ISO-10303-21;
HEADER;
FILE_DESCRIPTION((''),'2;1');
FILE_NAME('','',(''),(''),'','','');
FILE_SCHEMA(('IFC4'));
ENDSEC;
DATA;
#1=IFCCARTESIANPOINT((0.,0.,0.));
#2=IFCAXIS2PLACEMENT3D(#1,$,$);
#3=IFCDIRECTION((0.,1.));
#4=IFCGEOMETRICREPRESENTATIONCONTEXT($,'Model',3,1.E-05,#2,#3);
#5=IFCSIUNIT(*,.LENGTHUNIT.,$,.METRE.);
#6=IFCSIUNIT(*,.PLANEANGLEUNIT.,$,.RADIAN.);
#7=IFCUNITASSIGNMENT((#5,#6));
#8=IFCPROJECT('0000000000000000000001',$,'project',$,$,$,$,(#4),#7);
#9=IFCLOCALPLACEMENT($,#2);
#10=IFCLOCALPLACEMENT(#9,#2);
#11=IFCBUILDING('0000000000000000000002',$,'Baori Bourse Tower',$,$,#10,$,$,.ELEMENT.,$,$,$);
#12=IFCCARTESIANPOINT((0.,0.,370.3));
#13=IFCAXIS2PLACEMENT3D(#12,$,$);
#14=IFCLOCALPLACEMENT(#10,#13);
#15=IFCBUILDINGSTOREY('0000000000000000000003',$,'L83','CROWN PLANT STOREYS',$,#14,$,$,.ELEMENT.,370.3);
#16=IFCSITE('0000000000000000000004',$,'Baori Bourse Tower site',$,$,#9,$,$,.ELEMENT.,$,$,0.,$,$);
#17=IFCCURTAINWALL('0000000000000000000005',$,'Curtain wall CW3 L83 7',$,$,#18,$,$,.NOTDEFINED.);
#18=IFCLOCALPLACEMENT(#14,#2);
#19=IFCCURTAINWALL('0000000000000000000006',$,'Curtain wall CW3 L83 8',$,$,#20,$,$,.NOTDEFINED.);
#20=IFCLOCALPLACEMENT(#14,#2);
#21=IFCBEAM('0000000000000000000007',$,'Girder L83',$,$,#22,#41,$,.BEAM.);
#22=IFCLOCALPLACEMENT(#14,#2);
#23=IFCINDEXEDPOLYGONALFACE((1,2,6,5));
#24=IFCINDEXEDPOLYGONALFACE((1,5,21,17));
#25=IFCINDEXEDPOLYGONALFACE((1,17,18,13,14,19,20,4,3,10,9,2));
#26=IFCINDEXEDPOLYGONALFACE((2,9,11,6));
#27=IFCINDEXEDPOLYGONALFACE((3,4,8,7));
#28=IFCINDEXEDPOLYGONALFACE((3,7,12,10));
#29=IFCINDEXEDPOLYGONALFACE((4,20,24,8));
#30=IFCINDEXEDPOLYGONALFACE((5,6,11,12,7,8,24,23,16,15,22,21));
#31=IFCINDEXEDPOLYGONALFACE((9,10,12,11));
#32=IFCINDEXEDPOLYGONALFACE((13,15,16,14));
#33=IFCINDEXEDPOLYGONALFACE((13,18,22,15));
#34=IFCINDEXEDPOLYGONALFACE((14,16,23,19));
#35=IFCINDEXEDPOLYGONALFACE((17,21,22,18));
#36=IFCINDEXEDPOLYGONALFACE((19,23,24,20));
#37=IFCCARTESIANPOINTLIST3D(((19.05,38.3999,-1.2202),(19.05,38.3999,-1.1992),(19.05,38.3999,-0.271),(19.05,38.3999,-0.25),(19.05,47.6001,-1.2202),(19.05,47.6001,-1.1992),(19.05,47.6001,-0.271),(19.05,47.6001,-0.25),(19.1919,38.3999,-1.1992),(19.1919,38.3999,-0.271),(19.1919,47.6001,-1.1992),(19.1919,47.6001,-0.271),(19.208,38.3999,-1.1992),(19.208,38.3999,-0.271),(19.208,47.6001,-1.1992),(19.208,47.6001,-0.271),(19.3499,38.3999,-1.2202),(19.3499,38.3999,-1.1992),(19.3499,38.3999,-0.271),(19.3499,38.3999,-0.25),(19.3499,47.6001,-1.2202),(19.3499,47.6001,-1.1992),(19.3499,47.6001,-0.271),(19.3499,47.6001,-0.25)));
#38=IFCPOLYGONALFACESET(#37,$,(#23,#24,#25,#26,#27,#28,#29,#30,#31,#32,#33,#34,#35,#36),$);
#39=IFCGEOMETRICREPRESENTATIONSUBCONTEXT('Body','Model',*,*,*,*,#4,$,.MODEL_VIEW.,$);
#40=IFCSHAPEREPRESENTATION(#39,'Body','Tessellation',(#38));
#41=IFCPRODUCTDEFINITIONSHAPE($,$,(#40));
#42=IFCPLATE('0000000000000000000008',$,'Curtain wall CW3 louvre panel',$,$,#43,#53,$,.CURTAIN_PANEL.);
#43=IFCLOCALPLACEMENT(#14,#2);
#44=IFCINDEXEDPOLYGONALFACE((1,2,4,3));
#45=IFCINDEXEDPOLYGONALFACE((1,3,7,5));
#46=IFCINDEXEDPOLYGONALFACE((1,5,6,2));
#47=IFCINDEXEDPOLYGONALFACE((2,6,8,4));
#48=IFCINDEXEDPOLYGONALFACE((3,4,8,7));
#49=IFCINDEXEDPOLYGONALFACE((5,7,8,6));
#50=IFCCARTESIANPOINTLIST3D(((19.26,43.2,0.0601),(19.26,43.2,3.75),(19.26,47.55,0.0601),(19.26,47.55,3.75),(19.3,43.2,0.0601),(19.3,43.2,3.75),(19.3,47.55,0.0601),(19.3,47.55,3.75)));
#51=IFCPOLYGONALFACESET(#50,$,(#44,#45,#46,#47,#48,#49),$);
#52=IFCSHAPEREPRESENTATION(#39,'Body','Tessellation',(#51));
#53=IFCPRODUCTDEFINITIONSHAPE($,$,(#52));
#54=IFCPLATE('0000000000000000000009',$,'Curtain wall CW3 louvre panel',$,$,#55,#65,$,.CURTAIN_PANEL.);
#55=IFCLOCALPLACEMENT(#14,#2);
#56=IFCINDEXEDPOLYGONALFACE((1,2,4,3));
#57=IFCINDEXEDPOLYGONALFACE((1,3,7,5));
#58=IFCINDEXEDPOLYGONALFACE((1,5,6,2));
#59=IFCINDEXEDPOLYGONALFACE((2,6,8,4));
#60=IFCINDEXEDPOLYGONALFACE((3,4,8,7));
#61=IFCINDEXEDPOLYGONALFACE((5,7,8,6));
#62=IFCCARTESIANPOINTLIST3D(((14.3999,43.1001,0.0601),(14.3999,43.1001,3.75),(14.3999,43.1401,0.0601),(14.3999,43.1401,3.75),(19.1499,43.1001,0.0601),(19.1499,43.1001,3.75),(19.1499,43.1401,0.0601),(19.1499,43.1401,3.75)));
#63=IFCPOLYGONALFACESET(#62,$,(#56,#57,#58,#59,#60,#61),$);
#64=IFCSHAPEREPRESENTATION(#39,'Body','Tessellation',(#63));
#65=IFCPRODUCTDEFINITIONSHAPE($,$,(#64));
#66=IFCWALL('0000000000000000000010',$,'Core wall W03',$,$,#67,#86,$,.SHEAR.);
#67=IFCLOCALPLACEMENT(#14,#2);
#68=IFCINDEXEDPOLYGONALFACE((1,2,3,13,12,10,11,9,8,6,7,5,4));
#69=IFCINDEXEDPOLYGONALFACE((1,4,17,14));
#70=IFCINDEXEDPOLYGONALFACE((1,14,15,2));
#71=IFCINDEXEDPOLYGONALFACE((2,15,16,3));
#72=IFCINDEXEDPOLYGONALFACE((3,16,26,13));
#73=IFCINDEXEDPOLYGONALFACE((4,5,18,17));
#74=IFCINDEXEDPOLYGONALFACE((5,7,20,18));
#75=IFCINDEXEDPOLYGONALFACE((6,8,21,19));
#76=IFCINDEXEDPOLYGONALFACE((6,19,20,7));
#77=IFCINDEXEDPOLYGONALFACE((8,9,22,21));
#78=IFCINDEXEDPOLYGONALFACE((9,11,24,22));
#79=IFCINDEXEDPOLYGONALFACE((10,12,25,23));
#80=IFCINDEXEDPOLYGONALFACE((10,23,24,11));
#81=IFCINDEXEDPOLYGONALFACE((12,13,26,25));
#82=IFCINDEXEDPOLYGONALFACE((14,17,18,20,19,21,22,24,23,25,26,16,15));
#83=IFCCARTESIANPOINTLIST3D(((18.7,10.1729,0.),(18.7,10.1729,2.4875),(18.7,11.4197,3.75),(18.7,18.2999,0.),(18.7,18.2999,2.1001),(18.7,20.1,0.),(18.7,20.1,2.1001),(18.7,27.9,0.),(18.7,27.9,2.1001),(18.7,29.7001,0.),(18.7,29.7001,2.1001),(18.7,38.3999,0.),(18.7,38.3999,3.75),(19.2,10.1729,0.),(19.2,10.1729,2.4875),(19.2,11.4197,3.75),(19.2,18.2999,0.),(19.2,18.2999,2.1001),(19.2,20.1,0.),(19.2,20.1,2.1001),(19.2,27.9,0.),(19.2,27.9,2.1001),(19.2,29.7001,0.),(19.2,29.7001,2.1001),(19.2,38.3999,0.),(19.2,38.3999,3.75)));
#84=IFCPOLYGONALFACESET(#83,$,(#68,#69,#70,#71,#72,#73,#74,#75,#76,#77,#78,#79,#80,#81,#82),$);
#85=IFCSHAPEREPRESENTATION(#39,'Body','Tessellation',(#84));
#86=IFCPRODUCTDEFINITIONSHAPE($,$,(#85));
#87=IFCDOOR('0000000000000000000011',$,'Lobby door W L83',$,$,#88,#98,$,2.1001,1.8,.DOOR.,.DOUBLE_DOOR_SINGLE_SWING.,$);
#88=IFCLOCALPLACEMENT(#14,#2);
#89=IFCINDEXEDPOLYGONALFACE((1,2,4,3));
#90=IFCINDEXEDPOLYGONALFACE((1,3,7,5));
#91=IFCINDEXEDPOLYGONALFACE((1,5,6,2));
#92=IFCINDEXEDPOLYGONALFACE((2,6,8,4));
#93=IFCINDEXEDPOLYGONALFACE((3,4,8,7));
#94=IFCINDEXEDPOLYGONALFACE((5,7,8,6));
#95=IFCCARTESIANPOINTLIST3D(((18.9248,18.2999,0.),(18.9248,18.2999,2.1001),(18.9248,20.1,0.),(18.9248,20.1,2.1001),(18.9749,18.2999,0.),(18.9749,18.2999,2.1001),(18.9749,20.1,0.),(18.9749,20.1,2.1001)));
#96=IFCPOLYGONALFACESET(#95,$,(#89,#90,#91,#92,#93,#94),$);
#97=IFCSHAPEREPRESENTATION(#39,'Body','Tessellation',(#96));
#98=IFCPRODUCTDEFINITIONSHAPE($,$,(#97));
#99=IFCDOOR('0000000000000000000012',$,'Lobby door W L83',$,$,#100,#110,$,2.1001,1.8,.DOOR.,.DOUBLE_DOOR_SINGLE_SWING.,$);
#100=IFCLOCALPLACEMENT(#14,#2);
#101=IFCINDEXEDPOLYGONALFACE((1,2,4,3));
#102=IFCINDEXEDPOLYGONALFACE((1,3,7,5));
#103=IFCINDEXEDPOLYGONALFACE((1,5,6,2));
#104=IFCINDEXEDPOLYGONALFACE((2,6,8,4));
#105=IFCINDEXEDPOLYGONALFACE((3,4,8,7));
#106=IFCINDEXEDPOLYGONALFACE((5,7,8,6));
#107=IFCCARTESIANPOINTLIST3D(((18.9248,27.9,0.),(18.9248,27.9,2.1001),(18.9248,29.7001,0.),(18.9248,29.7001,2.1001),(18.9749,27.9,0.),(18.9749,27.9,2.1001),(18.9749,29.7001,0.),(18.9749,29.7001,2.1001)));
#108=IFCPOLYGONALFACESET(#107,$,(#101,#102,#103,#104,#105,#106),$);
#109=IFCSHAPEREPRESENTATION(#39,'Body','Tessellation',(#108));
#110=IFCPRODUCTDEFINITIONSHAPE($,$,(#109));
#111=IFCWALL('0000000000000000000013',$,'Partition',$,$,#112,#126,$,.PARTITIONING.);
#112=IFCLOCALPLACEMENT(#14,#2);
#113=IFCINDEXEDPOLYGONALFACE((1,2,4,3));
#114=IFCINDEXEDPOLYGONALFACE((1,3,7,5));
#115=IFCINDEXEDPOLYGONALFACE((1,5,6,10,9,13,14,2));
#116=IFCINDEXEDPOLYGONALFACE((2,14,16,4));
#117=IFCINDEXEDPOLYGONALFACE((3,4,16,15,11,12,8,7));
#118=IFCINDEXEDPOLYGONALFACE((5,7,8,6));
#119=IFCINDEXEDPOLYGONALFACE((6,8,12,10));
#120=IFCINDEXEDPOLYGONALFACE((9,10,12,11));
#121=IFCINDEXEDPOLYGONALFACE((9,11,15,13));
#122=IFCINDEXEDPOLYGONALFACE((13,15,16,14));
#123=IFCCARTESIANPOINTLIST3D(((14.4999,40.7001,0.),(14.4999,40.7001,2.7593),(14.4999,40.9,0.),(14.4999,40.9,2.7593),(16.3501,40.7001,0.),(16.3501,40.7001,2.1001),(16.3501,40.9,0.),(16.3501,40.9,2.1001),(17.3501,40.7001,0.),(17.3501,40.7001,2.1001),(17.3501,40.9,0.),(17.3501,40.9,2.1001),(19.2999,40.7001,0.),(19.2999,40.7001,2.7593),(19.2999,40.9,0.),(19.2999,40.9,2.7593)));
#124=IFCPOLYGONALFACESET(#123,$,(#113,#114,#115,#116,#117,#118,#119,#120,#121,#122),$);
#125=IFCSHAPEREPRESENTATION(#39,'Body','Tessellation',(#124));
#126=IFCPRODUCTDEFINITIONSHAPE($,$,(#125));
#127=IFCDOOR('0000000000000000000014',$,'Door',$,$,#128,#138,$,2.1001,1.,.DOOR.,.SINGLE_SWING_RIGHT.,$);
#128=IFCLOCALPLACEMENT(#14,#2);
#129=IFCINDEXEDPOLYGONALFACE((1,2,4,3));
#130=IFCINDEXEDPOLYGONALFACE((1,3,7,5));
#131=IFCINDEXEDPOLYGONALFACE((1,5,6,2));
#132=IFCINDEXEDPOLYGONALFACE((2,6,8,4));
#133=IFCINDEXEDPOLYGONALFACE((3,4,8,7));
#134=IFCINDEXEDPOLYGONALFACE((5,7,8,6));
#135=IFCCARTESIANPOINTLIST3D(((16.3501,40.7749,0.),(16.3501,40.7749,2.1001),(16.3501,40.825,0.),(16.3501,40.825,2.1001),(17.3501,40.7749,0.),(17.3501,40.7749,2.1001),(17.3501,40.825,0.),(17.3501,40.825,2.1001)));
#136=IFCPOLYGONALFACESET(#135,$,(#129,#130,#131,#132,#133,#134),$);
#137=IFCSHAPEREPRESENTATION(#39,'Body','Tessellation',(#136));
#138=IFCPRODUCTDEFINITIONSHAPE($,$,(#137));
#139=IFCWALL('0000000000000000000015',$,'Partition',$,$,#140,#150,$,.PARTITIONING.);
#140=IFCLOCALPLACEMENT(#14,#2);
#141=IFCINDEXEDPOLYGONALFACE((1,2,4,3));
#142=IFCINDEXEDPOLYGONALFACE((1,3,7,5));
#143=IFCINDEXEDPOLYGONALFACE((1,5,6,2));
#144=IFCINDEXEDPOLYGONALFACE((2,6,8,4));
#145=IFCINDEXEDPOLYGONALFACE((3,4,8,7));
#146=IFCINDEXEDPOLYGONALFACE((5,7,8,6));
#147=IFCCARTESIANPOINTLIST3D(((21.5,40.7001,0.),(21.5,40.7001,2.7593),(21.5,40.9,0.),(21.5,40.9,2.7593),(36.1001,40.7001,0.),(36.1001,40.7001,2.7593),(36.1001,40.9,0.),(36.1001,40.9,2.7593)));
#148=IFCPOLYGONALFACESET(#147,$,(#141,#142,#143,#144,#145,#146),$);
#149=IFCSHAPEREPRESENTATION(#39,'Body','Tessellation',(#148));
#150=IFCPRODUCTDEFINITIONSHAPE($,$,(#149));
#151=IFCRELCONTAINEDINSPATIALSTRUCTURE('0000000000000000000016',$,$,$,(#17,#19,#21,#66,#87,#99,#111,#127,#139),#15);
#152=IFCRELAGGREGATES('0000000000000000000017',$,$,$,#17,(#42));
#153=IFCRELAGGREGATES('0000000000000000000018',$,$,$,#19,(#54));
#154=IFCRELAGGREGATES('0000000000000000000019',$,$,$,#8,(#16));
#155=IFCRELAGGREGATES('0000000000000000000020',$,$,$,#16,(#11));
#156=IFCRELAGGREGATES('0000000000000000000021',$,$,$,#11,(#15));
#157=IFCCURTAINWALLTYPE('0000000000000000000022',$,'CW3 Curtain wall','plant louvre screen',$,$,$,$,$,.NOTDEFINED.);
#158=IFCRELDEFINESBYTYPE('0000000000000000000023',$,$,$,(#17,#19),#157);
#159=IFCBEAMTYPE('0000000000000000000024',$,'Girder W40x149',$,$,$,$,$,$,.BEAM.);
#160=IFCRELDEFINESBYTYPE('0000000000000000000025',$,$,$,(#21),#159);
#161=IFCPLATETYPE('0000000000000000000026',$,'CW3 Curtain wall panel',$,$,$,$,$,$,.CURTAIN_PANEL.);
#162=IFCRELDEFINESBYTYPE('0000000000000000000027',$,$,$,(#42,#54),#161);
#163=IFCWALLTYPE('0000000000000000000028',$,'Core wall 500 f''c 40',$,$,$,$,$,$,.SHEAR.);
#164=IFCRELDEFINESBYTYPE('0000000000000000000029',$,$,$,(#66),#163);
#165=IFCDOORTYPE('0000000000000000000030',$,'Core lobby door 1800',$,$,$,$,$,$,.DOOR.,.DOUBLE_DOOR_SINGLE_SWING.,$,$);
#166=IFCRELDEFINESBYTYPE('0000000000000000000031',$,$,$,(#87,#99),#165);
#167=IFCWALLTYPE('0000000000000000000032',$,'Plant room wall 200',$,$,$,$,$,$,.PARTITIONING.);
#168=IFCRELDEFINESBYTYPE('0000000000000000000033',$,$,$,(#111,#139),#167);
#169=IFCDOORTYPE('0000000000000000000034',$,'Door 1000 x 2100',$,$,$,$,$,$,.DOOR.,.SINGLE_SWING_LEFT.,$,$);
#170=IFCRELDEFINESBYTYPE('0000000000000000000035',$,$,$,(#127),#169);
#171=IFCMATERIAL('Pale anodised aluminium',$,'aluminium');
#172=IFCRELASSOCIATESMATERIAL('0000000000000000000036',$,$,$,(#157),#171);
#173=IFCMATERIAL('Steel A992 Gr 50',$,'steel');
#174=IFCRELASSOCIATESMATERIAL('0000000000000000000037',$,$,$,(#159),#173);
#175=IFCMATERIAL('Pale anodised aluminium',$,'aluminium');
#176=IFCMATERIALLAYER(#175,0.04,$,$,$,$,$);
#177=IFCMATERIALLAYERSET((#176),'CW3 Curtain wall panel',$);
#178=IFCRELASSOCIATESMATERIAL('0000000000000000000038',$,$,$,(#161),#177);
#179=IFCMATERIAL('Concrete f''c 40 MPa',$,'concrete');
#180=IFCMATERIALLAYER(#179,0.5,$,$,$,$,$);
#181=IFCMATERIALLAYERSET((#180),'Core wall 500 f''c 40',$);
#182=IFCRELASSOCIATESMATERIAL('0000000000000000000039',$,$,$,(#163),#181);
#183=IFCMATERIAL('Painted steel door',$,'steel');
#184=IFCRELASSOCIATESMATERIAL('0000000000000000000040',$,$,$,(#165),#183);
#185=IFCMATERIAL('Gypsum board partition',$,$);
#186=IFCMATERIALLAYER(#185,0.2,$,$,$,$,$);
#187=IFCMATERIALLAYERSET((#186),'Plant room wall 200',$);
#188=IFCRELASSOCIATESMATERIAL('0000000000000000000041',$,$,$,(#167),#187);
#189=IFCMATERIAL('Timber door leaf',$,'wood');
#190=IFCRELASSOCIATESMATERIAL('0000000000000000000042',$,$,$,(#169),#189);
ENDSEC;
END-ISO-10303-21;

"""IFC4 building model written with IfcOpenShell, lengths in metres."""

from ifc_helpers import new_model, si_unit, direction, frame, frame_2d, origin, origin_2d, place, context, subcontext, project, spatial, polyline, rectangle, i_section, outline, extrude, material, layer, layer_set, material_profile, profile_set, type_object, element, fill, aggregate, save


model = new_model("IFC4")

# Units and contexts
model_context = context("Model", 3, precision=1e-05, world=origin(), true_north=direction((0.0, 1.0)))
body_context = subcontext(model_context, "Body", "Model", "MODEL_VIEW")
ifc_project = project(units=[si_unit("LENGTHUNIT", "METRE"), si_unit("PLANEANGLEUNIT", "RADIAN")], contexts=[model_context])

# Site, building, storey
site_placement = place(None, origin())
site = spatial("IfcSite", under=ifc_project, at=site_placement, Name="Baori Bourse Tower site", CompositionType="ELEMENT", RefElevation=0.0)
building_placement = place(site_placement, origin())
building = spatial("IfcBuilding", under=site, at=building_placement, Name="Baori Bourse Tower", CompositionType="ELEMENT")
storey_placement = place(building_placement, frame((0.0, 0.0, 370.3)))
storey = spatial("IfcBuildingStorey", under=building, at=storey_placement, Name="L83", Description="CROWN PLANT STOREYS", CompositionType="ELEMENT", Elevation=370.3)

# Curtain walls
ifc_material_1 = material(Name="Pale anodised aluminium", Category="aluminium")
curtain_wall_type = type_object("IfcCurtainWallType", Name="CW3 Curtain wall", Description="plant louvre screen", PredefinedType="NOTDEFINED", material=ifc_material_1)
curtain_wall_1_placement = place(storey_placement, origin())
curtain_wall_1 = element("IfcCurtainWall", 1, at=curtain_wall_1_placement, inside=storey, type_object=curtain_wall_type, Name="Curtain wall CW3 L83 7", PredefinedType="NOTDEFINED")
curtain_wall_2_placement = place(storey_placement, origin())
curtain_wall_2 = element("IfcCurtainWall", 2, at=curtain_wall_2_placement, inside=storey, type_object=curtain_wall_type, Name="Curtain wall CW3 L83 8", PredefinedType="NOTDEFINED")

# Beam
ifc_material_2 = material(Name="Steel A992 Gr 50", Category="steel")
ifc_material_profile_1 = material_profile(ifc_material_2, i_section(OverallWidth=0.2998, OverallDepth=0.9702, WebThickness=0.0161, FlangeThickness=0.021, at=origin_2d()), Name="W40x149")
ifc_profile_set_1 = profile_set([ifc_material_profile_1], Name="Steel A992 Gr 50")
beam_type_1 = type_object("IfcBeamType", Name="Girder W40x149", PredefinedType="BEAM", material=ifc_profile_set_1)
beam_1_placement = place(storey_placement, frame((19.2, 38.3999, -0.7351), z_axis=(0.0, 1.0, 0.0), x_axis=(-1.0, 0.0, 0.0)))
element("IfcBeam", 3, at=beam_1_placement, inside=storey, type_object=beam_type_1, Name="Girder L83", PredefinedType="BEAM", context=body_context, shape_type="SweptSolid", body=[
    extrude(i_section(OverallWidth=0.2998, OverallDepth=0.9702, WebThickness=0.0161, FlangeThickness=0.021, at=origin_2d()), origin(), (0.0, 0.0, 1.0), 9.2002),
])

# Plates
ifc_material_3 = material(Name="Pale anodised aluminium", Category="aluminium")
ifc_layer_1 = layer(ifc_material_3, 0.04)
ifc_layer_set_1 = layer_set([ifc_layer_1], Name="CW3 Curtain wall panel")
plate_type = type_object("IfcPlateType", Name="CW3 Curtain wall panel", PredefinedType="CURTAIN_PANEL", material=ifc_layer_set_1)
plate_1_placement = place(storey_placement, frame((19.28, 45.375, 0.0601), z_axis=(0.0, 0.0, 1.0), x_axis=(0.0, -1.0, 0.0)))
plate_1 = element("IfcPlate", 4, at=plate_1_placement, type_object=plate_type, Name="Curtain wall CW3 louvre panel", PredefinedType="CURTAIN_PANEL", context=body_context, shape_type="SweptSolid", body=[
    extrude(rectangle(XDim=4.3501, YDim=0.04, at=origin_2d()), origin(), (0.0, 0.0, 1.0), 3.6899),
])
aggregate(curtain_wall_1, [plate_1])
plate_2_placement = place(storey_placement, frame((16.7749, 43.1201, 0.0601), z_axis=(0.0, 0.0, 1.0), x_axis=(-1.0, 0.0, 0.0)))
plate_2 = element("IfcPlate", 5, at=plate_2_placement, type_object=plate_type, Name="Curtain wall CW3 louvre panel", PredefinedType="CURTAIN_PANEL", context=body_context, shape_type="SweptSolid", body=[
    extrude(rectangle(XDim=4.75, YDim=0.04, at=origin_2d()), origin(), (0.0, 0.0, 1.0), 3.6899),
])
aggregate(curtain_wall_2, [plate_2])

# Wall, openings, doors
ifc_material_4 = material(Name="Concrete f'c 40 MPa", Category="concrete")
ifc_layer_2 = layer(ifc_material_4, 0.5)
ifc_layer_set_2 = layer_set([ifc_layer_2], Name="Core wall 500 f'c 40")
wall_type_1 = type_object("IfcWallType", Name="Core wall 500 f'c 40", PredefinedType="SHEAR", material=ifc_layer_set_2)
wall_1_placement = place(storey_placement, frame((18.95, 38.3999, 0.0), z_axis=(0.0, 0.0, 1.0), x_axis=(0.0, -1.0, 0.0)))
wall_1 = element("IfcWall", 6, at=wall_1_placement, inside=storey, type_object=wall_type_1, Name="Core wall W03", PredefinedType="SHEAR", context=body_context, shape_type="SweptSolid", body=[
    extrude(outline(polyline([(0.0, 0.0), (28.2271, 0.0), (28.2271, 2.4875), (26.9802, 3.75), (0.0, 3.75), (0.0, 0.0)])), frame((0.0, 0.25, 0.0), z_axis=(0.0, -1.0, 0.0), x_axis=(1.0, 0.0, 0.0)), (0.0, 0.0, 1.0), 0.5),
])
opening_1_placement = place(wall_1_placement, frame((18.3, 0.0, 0.0)))
opening_1 = element("IfcOpeningElement", 7, at=opening_1_placement, cuts=wall_1, PredefinedType="OPENING", context=body_context, shape_type="SweptSolid", body=[
    extrude(rectangle(XDim=1.8, YDim=2.1001, at=frame_2d((0.8999, 1.05))), frame((0.0, 0.26, 0.0), z_axis=(0.0, -1.0, 0.0), x_axis=(1.0, 0.0, 0.0)), (0.0, 0.0, 1.0), 0.52),
])
opening_2_placement = place(wall_1_placement, frame((8.7, 0.0, 0.0)))
opening_2 = element("IfcOpeningElement", 8, at=opening_2_placement, cuts=wall_1, PredefinedType="OPENING", context=body_context, shape_type="SweptSolid", body=[
    extrude(rectangle(XDim=1.8, YDim=2.1001, at=frame_2d((0.8999, 1.05))), frame((0.0, 0.26, 0.0), z_axis=(0.0, -1.0, 0.0), x_axis=(1.0, 0.0, 0.0)), (0.0, 0.0, 1.0), 0.52),
])
ifc_material_5 = material(Name="Painted steel door", Category="steel")
door_type_1 = type_object("IfcDoorType", Name="Core lobby door 1800", OperationType="DOUBLE_DOOR_SINGLE_SWING", PredefinedType="DOOR", material=ifc_material_5)
door_1_placement = place(opening_1_placement, origin())
door_1 = element("IfcDoor", 9, at=door_1_placement, inside=storey, type_object=door_type_1, Name="Lobby door W L83", OperationType="DOUBLE_DOOR_SINGLE_SWING", OverallHeight=2.1001, OverallWidth=1.8, PredefinedType="DOOR", context=body_context, shape_type="SweptSolid", body=[
    extrude(rectangle(XDim=1.8, YDim=2.1001, at=frame_2d((0.8999, 1.05))), frame((0.0, 0.0249, 0.0), z_axis=(0.0, -1.0, 0.0), x_axis=(1.0, 0.0, 0.0)), (0.0, 0.0, 1.0), 0.05),
])
fill(opening_1, door_1)
door_2_placement = place(opening_2_placement, origin())
door_2 = element("IfcDoor", 10, at=door_2_placement, inside=storey, type_object=door_type_1, Name="Lobby door W L83", OperationType="DOUBLE_DOOR_SINGLE_SWING", OverallHeight=2.1001, OverallWidth=1.8, PredefinedType="DOOR", context=body_context, shape_type="SweptSolid", body=[
    extrude(rectangle(XDim=1.8, YDim=2.1001, at=frame_2d((0.8999, 1.05))), frame((0.0, 0.0249, 0.0), z_axis=(0.0, -1.0, 0.0), x_axis=(1.0, 0.0, 0.0)), (0.0, 0.0, 1.0), 0.05),
])
fill(opening_2, door_2)

# Wall, opening, door
ifc_material_6 = material(Name="Gypsum board partition")
ifc_layer_3 = layer(ifc_material_6, 0.2)
ifc_layer_set_3 = layer_set([ifc_layer_3], Name="Plant room wall 200")
wall_type_2 = type_object("IfcWallType", Name="Plant room wall 200", PredefinedType="PARTITIONING", material=ifc_layer_set_3)
wall_2_placement = place(storey_placement, frame((14.5, 40.8, 0.0), z_axis=(0.0, 0.0, 1.0), x_axis=(1.0, 0.0, 0.0)))
wall_2 = element("IfcWall", 11, at=wall_2_placement, inside=storey, type_object=wall_type_2, Name="Partition", PredefinedType="PARTITIONING", context=body_context, shape_type="SweptSolid", body=[
    extrude(rectangle(XDim=4.8, YDim=0.2, at=frame_2d((2.3999, 0.0))), origin(), (0.0, 0.0, 1.0), 2.7593),
])
opening_3_placement = place(wall_2_placement, frame((1.8501, 0.0, 0.0)))
opening_3 = element("IfcOpeningElement", 12, at=opening_3_placement, cuts=wall_2, PredefinedType="OPENING", context=body_context, shape_type="SweptSolid", body=[
    extrude(rectangle(XDim=1.0, YDim=2.1001, at=frame_2d((0.5, 1.05))), frame((0.0, 0.1099, 0.0), z_axis=(0.0, -1.0, 0.0), x_axis=(1.0, 0.0, 0.0)), (0.0, 0.0, 1.0), 0.22),
])
ifc_material_7 = material(Name="Timber door leaf", Category="wood")
door_type_2 = type_object("IfcDoorType", Name="Door 1000 x 2100", OperationType="SINGLE_SWING_LEFT", PredefinedType="DOOR", material=ifc_material_7)
door_3_placement = place(opening_3_placement, origin())
door_3 = element("IfcDoor", 13, at=door_3_placement, inside=storey, type_object=door_type_2, Name="Door", OperationType="SINGLE_SWING_RIGHT", OverallHeight=2.1001, OverallWidth=1.0, PredefinedType="DOOR", context=body_context, shape_type="SweptSolid", body=[
    extrude(rectangle(XDim=1.0, YDim=2.1001, at=frame_2d((0.5, 1.05))), frame((0.0, 0.0249, 0.0), z_axis=(0.0, -1.0, 0.0), x_axis=(1.0, 0.0, 0.0)), (0.0, 0.0, 1.0), 0.05),
])
fill(opening_3, door_3)

# Wall
wall_3_placement = place(storey_placement, frame((21.5, 40.8, 0.0), z_axis=(0.0, 0.0, 1.0), x_axis=(1.0, 0.0, 0.0)))
element("IfcWall", 14, at=wall_3_placement, inside=storey, type_object=wall_type_2, Name="Partition", PredefinedType="PARTITIONING", context=body_context, shape_type="SweptSolid", body=[
    extrude(rectangle(XDim=14.6001, YDim=0.2, at=frame_2d((7.3, 0.0))), origin(), (0.0, 0.0, 1.0), 2.7593),
])

save(model, "model.ifc")
